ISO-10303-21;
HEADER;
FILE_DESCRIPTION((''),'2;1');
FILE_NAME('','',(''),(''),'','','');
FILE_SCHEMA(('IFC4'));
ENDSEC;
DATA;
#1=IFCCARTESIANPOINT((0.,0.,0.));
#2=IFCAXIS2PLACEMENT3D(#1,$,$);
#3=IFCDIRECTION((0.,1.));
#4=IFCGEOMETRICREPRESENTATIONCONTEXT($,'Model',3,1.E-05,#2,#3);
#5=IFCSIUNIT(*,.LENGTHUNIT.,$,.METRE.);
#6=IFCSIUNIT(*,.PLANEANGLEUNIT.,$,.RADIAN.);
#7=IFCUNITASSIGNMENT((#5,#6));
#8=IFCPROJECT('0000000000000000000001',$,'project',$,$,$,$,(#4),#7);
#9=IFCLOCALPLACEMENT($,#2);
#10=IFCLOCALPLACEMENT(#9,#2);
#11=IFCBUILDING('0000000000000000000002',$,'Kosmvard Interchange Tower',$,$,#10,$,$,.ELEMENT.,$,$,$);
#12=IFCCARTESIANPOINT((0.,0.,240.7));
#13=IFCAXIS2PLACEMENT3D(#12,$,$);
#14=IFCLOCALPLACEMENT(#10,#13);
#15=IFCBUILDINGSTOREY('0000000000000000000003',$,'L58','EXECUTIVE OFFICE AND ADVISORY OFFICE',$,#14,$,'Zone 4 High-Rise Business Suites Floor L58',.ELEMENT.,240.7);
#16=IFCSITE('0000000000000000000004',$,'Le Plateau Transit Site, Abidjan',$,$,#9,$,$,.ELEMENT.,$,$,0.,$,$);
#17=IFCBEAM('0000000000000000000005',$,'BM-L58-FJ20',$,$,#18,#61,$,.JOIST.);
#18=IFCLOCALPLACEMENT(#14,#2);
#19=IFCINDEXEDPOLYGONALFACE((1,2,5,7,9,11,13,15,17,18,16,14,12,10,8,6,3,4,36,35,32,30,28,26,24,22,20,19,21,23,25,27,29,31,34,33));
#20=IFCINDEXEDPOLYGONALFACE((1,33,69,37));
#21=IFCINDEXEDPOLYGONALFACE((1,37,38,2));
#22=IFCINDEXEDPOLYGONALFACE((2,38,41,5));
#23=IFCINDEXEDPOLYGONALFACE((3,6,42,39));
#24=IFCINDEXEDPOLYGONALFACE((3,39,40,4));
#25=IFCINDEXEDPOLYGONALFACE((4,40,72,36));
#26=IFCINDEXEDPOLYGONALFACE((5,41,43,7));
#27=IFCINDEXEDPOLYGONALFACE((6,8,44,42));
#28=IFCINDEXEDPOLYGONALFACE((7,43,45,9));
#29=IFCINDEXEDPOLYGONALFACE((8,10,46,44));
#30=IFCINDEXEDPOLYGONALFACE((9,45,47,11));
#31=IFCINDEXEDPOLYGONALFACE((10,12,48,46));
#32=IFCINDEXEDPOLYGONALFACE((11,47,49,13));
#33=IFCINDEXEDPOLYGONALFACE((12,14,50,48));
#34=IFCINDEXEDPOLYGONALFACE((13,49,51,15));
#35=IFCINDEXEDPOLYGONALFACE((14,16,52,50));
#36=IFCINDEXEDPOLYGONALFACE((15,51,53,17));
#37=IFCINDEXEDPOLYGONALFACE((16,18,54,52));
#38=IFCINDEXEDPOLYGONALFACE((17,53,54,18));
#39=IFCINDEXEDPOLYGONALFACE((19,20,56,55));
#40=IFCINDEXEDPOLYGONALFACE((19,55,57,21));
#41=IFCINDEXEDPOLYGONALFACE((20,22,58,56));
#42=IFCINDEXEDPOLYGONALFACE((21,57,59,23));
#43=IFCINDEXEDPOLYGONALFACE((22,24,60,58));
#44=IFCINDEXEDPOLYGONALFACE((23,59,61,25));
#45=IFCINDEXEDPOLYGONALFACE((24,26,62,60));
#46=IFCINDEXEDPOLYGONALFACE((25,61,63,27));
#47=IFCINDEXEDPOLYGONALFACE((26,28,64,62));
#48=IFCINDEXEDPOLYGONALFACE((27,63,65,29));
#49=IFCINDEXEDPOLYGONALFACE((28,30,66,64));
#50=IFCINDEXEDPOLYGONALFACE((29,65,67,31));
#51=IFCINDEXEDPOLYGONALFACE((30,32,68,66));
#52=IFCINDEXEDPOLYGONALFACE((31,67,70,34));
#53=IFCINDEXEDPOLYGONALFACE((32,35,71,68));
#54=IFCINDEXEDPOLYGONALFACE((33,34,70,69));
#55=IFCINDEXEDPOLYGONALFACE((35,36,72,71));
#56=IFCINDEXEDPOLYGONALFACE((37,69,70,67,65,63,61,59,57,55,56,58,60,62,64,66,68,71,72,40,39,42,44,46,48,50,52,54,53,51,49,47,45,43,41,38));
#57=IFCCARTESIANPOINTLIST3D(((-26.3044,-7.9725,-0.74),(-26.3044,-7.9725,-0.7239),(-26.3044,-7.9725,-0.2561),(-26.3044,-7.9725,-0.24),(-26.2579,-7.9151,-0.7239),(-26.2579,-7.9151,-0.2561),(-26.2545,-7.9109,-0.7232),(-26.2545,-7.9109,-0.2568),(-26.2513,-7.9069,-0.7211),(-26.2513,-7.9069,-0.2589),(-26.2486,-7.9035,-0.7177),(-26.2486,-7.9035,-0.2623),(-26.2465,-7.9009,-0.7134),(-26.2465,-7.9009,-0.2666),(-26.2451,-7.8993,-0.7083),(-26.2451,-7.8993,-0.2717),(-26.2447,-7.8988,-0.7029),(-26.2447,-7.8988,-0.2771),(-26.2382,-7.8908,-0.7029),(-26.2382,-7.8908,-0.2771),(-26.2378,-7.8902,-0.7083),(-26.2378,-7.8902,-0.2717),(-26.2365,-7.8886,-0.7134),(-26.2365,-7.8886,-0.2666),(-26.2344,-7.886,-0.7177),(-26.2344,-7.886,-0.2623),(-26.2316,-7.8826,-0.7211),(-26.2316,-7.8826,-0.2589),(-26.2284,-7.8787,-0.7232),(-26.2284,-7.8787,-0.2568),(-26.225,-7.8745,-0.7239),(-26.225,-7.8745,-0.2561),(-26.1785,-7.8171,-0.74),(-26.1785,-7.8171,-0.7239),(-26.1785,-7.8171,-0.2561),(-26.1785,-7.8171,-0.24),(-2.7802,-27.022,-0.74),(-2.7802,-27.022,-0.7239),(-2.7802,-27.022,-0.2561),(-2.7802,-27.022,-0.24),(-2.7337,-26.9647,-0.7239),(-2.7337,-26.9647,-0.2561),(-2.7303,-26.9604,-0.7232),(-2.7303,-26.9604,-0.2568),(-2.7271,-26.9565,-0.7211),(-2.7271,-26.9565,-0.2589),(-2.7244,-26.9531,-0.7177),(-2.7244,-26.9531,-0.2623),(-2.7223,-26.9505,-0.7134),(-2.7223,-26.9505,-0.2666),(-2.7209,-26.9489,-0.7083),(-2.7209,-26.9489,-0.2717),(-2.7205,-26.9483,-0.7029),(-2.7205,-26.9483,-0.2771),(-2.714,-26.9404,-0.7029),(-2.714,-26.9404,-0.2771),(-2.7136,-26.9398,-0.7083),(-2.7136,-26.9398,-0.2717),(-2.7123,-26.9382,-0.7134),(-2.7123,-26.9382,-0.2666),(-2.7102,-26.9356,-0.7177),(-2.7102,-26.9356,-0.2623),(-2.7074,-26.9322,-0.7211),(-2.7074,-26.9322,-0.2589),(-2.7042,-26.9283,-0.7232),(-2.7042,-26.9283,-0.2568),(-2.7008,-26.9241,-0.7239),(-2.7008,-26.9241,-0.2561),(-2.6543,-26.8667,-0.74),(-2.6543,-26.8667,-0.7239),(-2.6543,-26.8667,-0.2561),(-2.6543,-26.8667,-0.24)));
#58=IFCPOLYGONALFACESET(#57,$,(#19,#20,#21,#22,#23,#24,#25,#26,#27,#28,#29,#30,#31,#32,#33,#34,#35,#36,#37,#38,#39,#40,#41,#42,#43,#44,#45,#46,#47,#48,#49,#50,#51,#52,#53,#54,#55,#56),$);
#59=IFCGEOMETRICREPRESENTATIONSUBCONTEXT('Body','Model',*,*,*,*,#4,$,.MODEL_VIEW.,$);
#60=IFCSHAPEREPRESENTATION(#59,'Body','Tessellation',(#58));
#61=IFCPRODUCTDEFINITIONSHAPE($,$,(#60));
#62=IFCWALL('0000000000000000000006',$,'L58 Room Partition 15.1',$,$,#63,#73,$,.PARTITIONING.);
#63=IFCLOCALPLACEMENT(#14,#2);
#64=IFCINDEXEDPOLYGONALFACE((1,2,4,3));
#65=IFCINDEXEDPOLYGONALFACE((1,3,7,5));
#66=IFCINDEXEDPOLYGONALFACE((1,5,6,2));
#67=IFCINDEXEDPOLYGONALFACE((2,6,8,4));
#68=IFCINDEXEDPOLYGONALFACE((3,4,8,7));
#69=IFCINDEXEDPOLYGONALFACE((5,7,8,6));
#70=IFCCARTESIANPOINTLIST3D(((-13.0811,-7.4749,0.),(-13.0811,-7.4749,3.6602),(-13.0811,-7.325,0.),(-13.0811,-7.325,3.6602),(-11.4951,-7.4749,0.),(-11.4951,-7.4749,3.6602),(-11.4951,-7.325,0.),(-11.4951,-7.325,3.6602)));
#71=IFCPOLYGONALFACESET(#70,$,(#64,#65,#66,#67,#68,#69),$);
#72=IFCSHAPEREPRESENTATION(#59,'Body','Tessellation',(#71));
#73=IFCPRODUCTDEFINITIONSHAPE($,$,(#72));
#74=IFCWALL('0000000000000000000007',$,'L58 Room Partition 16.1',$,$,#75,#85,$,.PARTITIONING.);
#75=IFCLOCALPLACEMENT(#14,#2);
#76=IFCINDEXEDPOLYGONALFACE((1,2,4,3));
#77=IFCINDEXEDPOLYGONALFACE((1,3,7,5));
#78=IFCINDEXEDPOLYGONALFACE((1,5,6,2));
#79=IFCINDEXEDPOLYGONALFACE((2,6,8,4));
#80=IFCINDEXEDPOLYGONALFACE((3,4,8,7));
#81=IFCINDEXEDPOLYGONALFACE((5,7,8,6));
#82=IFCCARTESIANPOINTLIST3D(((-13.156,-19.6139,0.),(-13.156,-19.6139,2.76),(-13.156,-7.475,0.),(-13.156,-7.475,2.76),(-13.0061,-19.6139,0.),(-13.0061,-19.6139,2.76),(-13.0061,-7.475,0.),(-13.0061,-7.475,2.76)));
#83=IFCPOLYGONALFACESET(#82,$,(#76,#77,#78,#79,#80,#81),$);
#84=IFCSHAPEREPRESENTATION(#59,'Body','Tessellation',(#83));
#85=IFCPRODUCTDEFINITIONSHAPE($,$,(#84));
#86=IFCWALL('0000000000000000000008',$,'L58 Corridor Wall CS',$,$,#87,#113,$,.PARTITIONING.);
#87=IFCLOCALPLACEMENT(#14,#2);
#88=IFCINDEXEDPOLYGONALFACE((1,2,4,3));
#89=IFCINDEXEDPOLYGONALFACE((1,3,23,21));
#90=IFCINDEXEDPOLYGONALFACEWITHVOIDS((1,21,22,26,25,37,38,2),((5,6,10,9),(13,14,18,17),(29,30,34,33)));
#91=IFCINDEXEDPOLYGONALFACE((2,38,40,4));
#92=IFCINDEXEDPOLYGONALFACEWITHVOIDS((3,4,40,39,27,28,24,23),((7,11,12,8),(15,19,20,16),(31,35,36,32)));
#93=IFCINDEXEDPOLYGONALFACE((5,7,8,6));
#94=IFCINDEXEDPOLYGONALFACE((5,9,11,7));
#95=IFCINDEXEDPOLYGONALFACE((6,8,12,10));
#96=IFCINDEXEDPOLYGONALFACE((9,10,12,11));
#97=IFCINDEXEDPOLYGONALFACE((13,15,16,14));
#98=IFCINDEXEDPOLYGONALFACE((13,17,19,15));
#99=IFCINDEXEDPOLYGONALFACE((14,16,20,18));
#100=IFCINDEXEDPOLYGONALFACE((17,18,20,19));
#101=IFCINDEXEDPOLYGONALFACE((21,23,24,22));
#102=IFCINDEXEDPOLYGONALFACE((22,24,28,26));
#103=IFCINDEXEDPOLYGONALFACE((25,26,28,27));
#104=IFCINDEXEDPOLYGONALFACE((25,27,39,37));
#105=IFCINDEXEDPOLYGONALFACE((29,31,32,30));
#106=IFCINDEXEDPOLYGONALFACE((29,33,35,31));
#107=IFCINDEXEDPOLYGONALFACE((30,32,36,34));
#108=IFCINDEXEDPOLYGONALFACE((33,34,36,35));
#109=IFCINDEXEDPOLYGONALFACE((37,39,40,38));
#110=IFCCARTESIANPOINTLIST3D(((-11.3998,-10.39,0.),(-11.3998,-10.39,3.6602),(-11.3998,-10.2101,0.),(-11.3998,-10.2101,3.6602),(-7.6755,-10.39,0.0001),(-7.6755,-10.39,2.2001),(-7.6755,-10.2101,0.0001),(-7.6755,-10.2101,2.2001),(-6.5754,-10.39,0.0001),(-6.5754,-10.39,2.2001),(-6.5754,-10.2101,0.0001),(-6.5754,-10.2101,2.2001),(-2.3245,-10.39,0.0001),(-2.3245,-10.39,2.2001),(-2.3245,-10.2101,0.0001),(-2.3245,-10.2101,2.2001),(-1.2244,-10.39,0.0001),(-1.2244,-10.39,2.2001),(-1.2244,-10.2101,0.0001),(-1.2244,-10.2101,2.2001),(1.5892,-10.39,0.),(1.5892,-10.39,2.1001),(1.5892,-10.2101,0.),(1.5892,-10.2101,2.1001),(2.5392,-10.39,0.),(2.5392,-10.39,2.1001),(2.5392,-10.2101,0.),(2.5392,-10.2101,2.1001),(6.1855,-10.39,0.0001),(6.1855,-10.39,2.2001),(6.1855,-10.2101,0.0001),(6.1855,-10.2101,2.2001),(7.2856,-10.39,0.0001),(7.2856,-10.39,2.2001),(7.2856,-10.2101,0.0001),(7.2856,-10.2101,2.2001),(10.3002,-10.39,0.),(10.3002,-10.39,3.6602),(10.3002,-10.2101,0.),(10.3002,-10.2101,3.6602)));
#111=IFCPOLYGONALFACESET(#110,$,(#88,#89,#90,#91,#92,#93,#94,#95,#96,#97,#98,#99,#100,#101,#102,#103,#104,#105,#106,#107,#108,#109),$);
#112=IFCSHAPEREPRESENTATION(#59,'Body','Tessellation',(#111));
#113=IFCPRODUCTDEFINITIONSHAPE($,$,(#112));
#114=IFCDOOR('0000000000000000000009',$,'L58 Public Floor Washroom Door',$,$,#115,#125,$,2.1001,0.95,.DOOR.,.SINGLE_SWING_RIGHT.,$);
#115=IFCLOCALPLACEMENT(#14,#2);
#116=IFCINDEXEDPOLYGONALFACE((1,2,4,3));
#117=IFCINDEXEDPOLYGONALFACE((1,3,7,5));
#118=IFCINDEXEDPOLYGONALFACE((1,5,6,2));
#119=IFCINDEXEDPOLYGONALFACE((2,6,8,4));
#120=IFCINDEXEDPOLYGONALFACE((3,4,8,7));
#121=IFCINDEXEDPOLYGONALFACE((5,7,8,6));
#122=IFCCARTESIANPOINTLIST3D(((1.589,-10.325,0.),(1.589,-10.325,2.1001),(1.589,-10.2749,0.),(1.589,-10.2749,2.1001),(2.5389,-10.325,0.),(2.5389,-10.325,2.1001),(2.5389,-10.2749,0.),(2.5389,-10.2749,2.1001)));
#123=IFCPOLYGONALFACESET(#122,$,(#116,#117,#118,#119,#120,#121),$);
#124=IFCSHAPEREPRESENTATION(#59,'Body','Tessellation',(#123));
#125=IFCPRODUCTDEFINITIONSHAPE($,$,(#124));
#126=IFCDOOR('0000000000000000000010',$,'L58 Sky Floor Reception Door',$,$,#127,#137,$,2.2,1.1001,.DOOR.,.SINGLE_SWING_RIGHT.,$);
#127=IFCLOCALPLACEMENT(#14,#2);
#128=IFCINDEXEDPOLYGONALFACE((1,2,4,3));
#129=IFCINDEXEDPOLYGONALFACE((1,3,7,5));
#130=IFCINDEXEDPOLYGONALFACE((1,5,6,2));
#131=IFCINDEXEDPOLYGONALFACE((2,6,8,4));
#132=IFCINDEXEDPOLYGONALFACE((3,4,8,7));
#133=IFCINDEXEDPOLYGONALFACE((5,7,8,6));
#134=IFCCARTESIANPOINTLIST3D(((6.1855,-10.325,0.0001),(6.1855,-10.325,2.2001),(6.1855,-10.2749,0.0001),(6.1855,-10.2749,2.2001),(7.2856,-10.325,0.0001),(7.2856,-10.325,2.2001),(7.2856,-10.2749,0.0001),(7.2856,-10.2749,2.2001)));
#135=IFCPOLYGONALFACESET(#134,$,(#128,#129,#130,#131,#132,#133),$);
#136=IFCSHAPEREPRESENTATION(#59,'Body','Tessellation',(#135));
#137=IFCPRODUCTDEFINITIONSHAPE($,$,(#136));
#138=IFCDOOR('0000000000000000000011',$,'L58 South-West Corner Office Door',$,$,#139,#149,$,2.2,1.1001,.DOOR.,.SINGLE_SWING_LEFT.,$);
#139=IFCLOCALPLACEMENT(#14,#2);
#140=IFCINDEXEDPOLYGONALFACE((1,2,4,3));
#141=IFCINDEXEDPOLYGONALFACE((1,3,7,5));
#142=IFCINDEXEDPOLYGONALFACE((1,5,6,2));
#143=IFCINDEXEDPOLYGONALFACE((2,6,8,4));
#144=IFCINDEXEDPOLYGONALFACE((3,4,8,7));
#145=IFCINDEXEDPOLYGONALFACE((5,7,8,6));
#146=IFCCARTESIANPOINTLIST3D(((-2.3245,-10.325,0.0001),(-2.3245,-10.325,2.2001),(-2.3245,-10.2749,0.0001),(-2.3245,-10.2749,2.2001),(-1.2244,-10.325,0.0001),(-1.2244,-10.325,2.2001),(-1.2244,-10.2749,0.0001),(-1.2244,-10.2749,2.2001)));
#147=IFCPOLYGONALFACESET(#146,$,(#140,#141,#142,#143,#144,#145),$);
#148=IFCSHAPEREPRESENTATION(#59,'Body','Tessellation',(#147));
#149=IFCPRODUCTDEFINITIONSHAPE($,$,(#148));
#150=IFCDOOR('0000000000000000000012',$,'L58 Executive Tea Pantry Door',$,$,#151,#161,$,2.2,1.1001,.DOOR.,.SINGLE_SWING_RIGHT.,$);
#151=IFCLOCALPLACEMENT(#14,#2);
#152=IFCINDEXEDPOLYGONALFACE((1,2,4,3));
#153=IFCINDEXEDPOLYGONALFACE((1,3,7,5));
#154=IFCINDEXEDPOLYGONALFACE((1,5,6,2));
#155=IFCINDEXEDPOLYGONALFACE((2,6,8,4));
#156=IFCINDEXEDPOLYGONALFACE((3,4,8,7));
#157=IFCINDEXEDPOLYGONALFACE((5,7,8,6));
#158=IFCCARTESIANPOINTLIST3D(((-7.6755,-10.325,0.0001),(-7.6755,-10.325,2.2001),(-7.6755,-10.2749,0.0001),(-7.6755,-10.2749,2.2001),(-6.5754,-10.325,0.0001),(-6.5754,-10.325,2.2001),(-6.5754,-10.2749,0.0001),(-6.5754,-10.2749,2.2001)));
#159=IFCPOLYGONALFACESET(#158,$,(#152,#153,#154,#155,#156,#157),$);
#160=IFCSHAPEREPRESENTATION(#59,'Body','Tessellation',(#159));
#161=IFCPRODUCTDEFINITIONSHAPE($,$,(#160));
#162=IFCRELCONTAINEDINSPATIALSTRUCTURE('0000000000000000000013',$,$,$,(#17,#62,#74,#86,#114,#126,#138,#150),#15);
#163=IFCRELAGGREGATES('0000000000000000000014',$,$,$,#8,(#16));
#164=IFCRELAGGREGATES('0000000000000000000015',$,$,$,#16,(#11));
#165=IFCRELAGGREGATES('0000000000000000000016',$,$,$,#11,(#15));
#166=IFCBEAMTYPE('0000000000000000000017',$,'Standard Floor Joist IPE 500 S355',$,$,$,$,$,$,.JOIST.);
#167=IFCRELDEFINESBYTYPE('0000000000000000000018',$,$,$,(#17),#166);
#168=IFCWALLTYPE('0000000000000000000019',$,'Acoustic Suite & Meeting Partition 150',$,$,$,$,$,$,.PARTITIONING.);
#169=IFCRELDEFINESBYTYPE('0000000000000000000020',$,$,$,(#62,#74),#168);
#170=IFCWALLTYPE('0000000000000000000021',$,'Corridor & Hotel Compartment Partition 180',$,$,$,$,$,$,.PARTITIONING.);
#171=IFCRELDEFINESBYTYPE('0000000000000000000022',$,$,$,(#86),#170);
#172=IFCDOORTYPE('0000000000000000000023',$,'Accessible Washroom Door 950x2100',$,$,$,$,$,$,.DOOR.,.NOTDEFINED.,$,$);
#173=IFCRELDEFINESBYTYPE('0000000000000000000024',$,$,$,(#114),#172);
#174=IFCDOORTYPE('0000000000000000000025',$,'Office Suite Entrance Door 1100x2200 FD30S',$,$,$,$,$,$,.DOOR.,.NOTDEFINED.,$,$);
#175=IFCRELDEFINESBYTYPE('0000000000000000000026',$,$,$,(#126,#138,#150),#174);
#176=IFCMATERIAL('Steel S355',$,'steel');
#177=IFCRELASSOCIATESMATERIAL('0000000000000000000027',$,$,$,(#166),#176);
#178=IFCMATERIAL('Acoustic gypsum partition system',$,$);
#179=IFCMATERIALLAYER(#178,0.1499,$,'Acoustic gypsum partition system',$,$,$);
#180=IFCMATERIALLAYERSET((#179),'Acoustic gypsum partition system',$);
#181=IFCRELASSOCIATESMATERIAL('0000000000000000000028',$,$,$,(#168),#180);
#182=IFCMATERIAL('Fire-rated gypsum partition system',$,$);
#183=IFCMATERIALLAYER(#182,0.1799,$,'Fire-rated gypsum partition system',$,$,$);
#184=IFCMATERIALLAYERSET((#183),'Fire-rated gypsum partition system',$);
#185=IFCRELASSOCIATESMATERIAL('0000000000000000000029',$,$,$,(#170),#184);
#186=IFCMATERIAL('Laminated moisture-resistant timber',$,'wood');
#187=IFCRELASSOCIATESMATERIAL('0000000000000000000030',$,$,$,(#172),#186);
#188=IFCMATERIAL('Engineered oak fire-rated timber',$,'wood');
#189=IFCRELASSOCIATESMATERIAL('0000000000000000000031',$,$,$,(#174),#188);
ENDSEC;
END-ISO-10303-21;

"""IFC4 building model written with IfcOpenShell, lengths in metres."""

from ifc_helpers import new_model, si_unit, direction, frame, frame_2d, origin, origin_2d, place, context, subcontext, project, spatial, rectangle, i_section, extrude, source, transform, mapped, material, layer, layer_set, material_profile, profile_set, type_object, element, fill, save


model = new_model("IFC4")

# Units and contexts
model_context = context("Model", 3, precision=1e-05, world=origin(), true_north=direction((0.0, 1.0)))
body_context = subcontext(model_context, "Body", "Model", "MODEL_VIEW")
ifc_project = project(units=[si_unit("LENGTHUNIT", "METRE"), si_unit("PLANEANGLEUNIT", "RADIAN")], contexts=[model_context])

# Site, building, storey
site_placement = place(None, origin())
site = spatial("IfcSite", under=ifc_project, at=site_placement, Name="Le Plateau Transit Site, Abidjan", CompositionType="ELEMENT", RefElevation=0.0)
building_placement = place(site_placement, origin())
building = spatial("IfcBuilding", under=site, at=building_placement, Name="Kosmvard Interchange Tower", CompositionType="ELEMENT")
storey_placement = place(building_placement, frame((0.0, 0.0, 240.7)))
storey = spatial("IfcBuildingStorey", under=building, at=storey_placement, Name="L58", Description="EXECUTIVE OFFICE AND ADVISORY OFFICE", LongName="Zone 4 High-Rise Business Suites Floor L58", CompositionType="ELEMENT", Elevation=240.7)

# Beam
ifc_material_1 = material(Name="Steel S355", Category="steel")
ifc_material_profile_1 = material_profile(ifc_material_1, i_section(OverallWidth=0.2, OverallDepth=0.5, WebThickness=0.0103, FlangeThickness=0.0161, FilletRadius=0.021, at=origin_2d()), Name="IPE 500")
ifc_profile_set_1 = profile_set([ifc_material_profile_1], Name="Steel S355")
beam_type_1 = type_object("IfcBeamType", Name="Standard Floor Joist IPE 500 S355", PredefinedType="JOIST", material=ifc_profile_set_1)
shared_shape_1 = source(origin(), body_context, "Body", "SweptSolid", [
    extrude(i_section(OverallWidth=0.2, OverallDepth=0.5, WebThickness=0.0103, FlangeThickness=0.0161, FilletRadius=0.021, at=origin_2d()), origin(), (0.0, 0.0, 1.0), 30.27),
])
beam_1_placement = place(storey_placement, frame((-26.2415, -7.8948, -0.49), z_axis=(0.777145, -0.629322, 0.0), x_axis=(0.629322, 0.777145, 0.0)))
element("IfcBeam", 1, at=beam_1_placement, inside=storey, type_object=beam_type_1, Name="BM-L58-FJ20", PredefinedType="JOIST", context=body_context, shape_type="MappedRepresentation", body=[
    mapped(shared_shape_1, transform((0.0, 0.0, 0.0), scale=1.0)),
])

# Walls
ifc_material_2 = material(Name="Acoustic gypsum partition system")
ifc_layer_1 = layer(ifc_material_2, 0.1499, Name="Acoustic gypsum partition system")
ifc_layer_set_1 = layer_set([ifc_layer_1], Name="Acoustic gypsum partition system")
wall_type_1 = type_object("IfcWallType", Name="Acoustic Suite & Meeting Partition 150", PredefinedType="PARTITIONING", material=ifc_layer_set_1)
wall_1_placement = place(storey_placement, frame((-11.4951, -7.3999, 0.0), z_axis=(0.0, 0.0, 1.0), x_axis=(-1.0, 0.0, 0.0)))
element("IfcWall", 2, at=wall_1_placement, inside=storey, type_object=wall_type_1, Name="L58 Room Partition 15.1", PredefinedType="PARTITIONING", context=body_context, shape_type="SweptSolid", body=[
    extrude(rectangle(XDim=1.5859, YDim=0.1499, at=frame_2d((0.793, 0.0))), origin(), (0.0, 0.0, 1.0), 3.6602),
])
wall_2_placement = place(storey_placement, frame((-13.0811, -7.4751, 0.0), z_axis=(0.0, 0.0, 1.0), x_axis=(0.0, -1.0, 0.0)))
element("IfcWall", 3, at=wall_2_placement, inside=storey, type_object=wall_type_1, Name="L58 Room Partition 16.1", PredefinedType="PARTITIONING", context=body_context, shape_type="SweptSolid", body=[
    extrude(rectangle(XDim=12.1389, YDim=0.1499, at=frame_2d((6.0693, 0.0))), origin(), (0.0, 0.0, 1.0), 2.76),
])

# Wall, openings, doors
ifc_material_3 = material(Name="Fire-rated gypsum partition system")
ifc_layer_2 = layer(ifc_material_3, 0.1799, Name="Fire-rated gypsum partition system")
ifc_layer_set_2 = layer_set([ifc_layer_2], Name="Fire-rated gypsum partition system")
wall_type_2 = type_object("IfcWallType", Name="Corridor & Hotel Compartment Partition 180", PredefinedType="PARTITIONING", material=ifc_layer_set_2)
wall_3_placement = place(storey_placement, frame((-11.3999, -10.3, 0.0), z_axis=(0.0, 0.0, 1.0), x_axis=(1.0, 0.0, 0.0)))
wall_3 = element("IfcWall", 4, at=wall_3_placement, inside=storey, type_object=wall_type_2, Name="L58 Corridor Wall CS", PredefinedType="PARTITIONING", context=body_context, shape_type="SweptSolid", body=[
    extrude(rectangle(XDim=21.7, YDim=0.1799, at=frame_2d((10.8501, 0.0))), origin(), (0.0, 0.0, 1.0), 3.6602),
])
opening_1_placement = place(wall_3_placement, frame((12.989, 0.0, 0.0)))
opening_1 = element("IfcOpeningElement", 5, at=opening_1_placement, cuts=wall_3, PredefinedType="OPENING", context=body_context, shape_type="SweptSolid", body=[
    extrude(rectangle(XDim=0.95, YDim=2.1001, at=frame_2d((0.4751, 1.05))), frame((0.0, 0.1001, 0.0), z_axis=(0.0, -1.0, 0.0), x_axis=(1.0, 0.0, 0.0)), (0.0, 0.0, 1.0), 0.2),
])
opening_2_placement = place(wall_3_placement, frame((17.5854, 0.0, 0.0)))
opening_2 = element("IfcOpeningElement", 6, at=opening_2_placement, cuts=wall_3, PredefinedType="OPENING", context=body_context, shape_type="SweptSolid", body=[
    extrude(rectangle(XDim=1.1001, YDim=2.2, at=frame_2d((0.55, 1.1001))), frame((0.0, 0.1001, 0.0), z_axis=(0.0, -1.0, 0.0), x_axis=(1.0, 0.0, 0.0)), (0.0, 0.0, 1.0), 0.2),
])
opening_3_placement = place(wall_3_placement, frame((9.0754, 0.0, 0.0)))
opening_3 = element("IfcOpeningElement", 7, at=opening_3_placement, cuts=wall_3, PredefinedType="OPENING", context=body_context, shape_type="SweptSolid", body=[
    extrude(rectangle(XDim=1.1001, YDim=2.2, at=frame_2d((0.55, 1.1001))), frame((0.0, 0.1001, 0.0), z_axis=(0.0, -1.0, 0.0), x_axis=(1.0, 0.0, 0.0)), (0.0, 0.0, 1.0), 0.2),
])
opening_4_placement = place(wall_3_placement, frame((3.7244, 0.0, 0.0)))
opening_4 = element("IfcOpeningElement", 8, at=opening_4_placement, cuts=wall_3, PredefinedType="OPENING", context=body_context, shape_type="SweptSolid", body=[
    extrude(rectangle(XDim=1.1001, YDim=2.2, at=frame_2d((0.55, 1.1001))), frame((0.0, 0.1001, 0.0), z_axis=(0.0, -1.0, 0.0), x_axis=(1.0, 0.0, 0.0)), (0.0, 0.0, 1.0), 0.2),
])
ifc_material_4 = material(Name="Laminated moisture-resistant timber", Category="wood")
door_type_1 = type_object("IfcDoorType", Name="Accessible Washroom Door 950x2100", OperationType="NOTDEFINED", PredefinedType="DOOR", material=ifc_material_4)
shared_shape_2 = source(origin(), body_context, "Body", "SweptSolid", [
    extrude(rectangle(XDim=0.95, YDim=2.1001, at=frame_2d((0.4751, 1.05))), frame((0.0, 0.0249, 0.0), z_axis=(0.0, -1.0, 0.0), x_axis=(1.0, 0.0, 0.0)), (0.0, 0.0, 1.0), 0.05),
])
door_1_placement = place(opening_1_placement, frame((0.95, 0.0, 0.0), z_axis=(0.0, 0.0, 1.0), x_axis=(-1.0, 0.0, 0.0)))
door_1 = element("IfcDoor", 9, at=door_1_placement, inside=storey, type_object=door_type_1, Name="L58 Public Floor Washroom Door", OperationType="SINGLE_SWING_RIGHT", OverallHeight=2.1001, OverallWidth=0.95, PredefinedType="DOOR", context=body_context, shape_type="MappedRepresentation", body=[
    mapped(shared_shape_2, transform((0.0, 0.0, 0.0), scale=1.0)),
])
fill(opening_1, door_1)
ifc_material_5 = material(Name="Engineered oak fire-rated timber", Category="wood")
door_type_2 = type_object("IfcDoorType", Name="Office Suite Entrance Door 1100x2200 FD30S", OperationType="NOTDEFINED", PredefinedType="DOOR", material=ifc_material_5)
shared_shape_3 = source(origin(), body_context, "Body", "SweptSolid", [
    extrude(rectangle(XDim=1.1001, YDim=2.2, at=frame_2d((0.55, 1.1001))), frame((0.0, 0.0249, 0.0), z_axis=(0.0, -1.0, 0.0), x_axis=(1.0, 0.0, 0.0)), (0.0, 0.0, 1.0), 0.05),
])
door_2_placement = place(opening_2_placement, frame((1.1001, 0.0, 0.0), z_axis=(0.0, 0.0, 1.0), x_axis=(-1.0, 0.0, 0.0)))
door_2 = element("IfcDoor", 10, at=door_2_placement, inside=storey, type_object=door_type_2, Name="L58 Sky Floor Reception Door", OperationType="SINGLE_SWING_RIGHT", OverallHeight=2.2, OverallWidth=1.1001, PredefinedType="DOOR", context=body_context, shape_type="MappedRepresentation", body=[
    mapped(shared_shape_3, transform((0.0, 0.0, 0.0), scale=1.0)),
])
fill(opening_2, door_2)
door_3_placement = place(opening_3_placement, frame((1.1001, 0.0, 0.0), z_axis=(0.0, 0.0, 1.0), x_axis=(-1.0, 0.0, 0.0)))
door_3 = element("IfcDoor", 11, at=door_3_placement, inside=storey, type_object=door_type_2, Name="L58 South-West Corner Office Door", OperationType="SINGLE_SWING_LEFT", OverallHeight=2.2, OverallWidth=1.1001, PredefinedType="DOOR", context=body_context, shape_type="MappedRepresentation", body=[
    mapped(shared_shape_3, transform((0.0, 0.0, 0.0), scale=1.0)),
])
fill(opening_3, door_3)
door_4_placement = place(opening_4_placement, frame((1.1001, 0.0, 0.0), z_axis=(0.0, 0.0, 1.0), x_axis=(-1.0, 0.0, 0.0)))
door_4 = element("IfcDoor", 12, at=door_4_placement, inside=storey, type_object=door_type_2, Name="L58 Executive Tea Pantry Door", OperationType="SINGLE_SWING_RIGHT", OverallHeight=2.2, OverallWidth=1.1001, PredefinedType="DOOR", context=body_context, shape_type="MappedRepresentation", body=[
    mapped(shared_shape_3, transform((0.0, 0.0, 0.0), scale=1.0)),
])
fill(opening_4, door_4)

save(model, "model.ifc")
